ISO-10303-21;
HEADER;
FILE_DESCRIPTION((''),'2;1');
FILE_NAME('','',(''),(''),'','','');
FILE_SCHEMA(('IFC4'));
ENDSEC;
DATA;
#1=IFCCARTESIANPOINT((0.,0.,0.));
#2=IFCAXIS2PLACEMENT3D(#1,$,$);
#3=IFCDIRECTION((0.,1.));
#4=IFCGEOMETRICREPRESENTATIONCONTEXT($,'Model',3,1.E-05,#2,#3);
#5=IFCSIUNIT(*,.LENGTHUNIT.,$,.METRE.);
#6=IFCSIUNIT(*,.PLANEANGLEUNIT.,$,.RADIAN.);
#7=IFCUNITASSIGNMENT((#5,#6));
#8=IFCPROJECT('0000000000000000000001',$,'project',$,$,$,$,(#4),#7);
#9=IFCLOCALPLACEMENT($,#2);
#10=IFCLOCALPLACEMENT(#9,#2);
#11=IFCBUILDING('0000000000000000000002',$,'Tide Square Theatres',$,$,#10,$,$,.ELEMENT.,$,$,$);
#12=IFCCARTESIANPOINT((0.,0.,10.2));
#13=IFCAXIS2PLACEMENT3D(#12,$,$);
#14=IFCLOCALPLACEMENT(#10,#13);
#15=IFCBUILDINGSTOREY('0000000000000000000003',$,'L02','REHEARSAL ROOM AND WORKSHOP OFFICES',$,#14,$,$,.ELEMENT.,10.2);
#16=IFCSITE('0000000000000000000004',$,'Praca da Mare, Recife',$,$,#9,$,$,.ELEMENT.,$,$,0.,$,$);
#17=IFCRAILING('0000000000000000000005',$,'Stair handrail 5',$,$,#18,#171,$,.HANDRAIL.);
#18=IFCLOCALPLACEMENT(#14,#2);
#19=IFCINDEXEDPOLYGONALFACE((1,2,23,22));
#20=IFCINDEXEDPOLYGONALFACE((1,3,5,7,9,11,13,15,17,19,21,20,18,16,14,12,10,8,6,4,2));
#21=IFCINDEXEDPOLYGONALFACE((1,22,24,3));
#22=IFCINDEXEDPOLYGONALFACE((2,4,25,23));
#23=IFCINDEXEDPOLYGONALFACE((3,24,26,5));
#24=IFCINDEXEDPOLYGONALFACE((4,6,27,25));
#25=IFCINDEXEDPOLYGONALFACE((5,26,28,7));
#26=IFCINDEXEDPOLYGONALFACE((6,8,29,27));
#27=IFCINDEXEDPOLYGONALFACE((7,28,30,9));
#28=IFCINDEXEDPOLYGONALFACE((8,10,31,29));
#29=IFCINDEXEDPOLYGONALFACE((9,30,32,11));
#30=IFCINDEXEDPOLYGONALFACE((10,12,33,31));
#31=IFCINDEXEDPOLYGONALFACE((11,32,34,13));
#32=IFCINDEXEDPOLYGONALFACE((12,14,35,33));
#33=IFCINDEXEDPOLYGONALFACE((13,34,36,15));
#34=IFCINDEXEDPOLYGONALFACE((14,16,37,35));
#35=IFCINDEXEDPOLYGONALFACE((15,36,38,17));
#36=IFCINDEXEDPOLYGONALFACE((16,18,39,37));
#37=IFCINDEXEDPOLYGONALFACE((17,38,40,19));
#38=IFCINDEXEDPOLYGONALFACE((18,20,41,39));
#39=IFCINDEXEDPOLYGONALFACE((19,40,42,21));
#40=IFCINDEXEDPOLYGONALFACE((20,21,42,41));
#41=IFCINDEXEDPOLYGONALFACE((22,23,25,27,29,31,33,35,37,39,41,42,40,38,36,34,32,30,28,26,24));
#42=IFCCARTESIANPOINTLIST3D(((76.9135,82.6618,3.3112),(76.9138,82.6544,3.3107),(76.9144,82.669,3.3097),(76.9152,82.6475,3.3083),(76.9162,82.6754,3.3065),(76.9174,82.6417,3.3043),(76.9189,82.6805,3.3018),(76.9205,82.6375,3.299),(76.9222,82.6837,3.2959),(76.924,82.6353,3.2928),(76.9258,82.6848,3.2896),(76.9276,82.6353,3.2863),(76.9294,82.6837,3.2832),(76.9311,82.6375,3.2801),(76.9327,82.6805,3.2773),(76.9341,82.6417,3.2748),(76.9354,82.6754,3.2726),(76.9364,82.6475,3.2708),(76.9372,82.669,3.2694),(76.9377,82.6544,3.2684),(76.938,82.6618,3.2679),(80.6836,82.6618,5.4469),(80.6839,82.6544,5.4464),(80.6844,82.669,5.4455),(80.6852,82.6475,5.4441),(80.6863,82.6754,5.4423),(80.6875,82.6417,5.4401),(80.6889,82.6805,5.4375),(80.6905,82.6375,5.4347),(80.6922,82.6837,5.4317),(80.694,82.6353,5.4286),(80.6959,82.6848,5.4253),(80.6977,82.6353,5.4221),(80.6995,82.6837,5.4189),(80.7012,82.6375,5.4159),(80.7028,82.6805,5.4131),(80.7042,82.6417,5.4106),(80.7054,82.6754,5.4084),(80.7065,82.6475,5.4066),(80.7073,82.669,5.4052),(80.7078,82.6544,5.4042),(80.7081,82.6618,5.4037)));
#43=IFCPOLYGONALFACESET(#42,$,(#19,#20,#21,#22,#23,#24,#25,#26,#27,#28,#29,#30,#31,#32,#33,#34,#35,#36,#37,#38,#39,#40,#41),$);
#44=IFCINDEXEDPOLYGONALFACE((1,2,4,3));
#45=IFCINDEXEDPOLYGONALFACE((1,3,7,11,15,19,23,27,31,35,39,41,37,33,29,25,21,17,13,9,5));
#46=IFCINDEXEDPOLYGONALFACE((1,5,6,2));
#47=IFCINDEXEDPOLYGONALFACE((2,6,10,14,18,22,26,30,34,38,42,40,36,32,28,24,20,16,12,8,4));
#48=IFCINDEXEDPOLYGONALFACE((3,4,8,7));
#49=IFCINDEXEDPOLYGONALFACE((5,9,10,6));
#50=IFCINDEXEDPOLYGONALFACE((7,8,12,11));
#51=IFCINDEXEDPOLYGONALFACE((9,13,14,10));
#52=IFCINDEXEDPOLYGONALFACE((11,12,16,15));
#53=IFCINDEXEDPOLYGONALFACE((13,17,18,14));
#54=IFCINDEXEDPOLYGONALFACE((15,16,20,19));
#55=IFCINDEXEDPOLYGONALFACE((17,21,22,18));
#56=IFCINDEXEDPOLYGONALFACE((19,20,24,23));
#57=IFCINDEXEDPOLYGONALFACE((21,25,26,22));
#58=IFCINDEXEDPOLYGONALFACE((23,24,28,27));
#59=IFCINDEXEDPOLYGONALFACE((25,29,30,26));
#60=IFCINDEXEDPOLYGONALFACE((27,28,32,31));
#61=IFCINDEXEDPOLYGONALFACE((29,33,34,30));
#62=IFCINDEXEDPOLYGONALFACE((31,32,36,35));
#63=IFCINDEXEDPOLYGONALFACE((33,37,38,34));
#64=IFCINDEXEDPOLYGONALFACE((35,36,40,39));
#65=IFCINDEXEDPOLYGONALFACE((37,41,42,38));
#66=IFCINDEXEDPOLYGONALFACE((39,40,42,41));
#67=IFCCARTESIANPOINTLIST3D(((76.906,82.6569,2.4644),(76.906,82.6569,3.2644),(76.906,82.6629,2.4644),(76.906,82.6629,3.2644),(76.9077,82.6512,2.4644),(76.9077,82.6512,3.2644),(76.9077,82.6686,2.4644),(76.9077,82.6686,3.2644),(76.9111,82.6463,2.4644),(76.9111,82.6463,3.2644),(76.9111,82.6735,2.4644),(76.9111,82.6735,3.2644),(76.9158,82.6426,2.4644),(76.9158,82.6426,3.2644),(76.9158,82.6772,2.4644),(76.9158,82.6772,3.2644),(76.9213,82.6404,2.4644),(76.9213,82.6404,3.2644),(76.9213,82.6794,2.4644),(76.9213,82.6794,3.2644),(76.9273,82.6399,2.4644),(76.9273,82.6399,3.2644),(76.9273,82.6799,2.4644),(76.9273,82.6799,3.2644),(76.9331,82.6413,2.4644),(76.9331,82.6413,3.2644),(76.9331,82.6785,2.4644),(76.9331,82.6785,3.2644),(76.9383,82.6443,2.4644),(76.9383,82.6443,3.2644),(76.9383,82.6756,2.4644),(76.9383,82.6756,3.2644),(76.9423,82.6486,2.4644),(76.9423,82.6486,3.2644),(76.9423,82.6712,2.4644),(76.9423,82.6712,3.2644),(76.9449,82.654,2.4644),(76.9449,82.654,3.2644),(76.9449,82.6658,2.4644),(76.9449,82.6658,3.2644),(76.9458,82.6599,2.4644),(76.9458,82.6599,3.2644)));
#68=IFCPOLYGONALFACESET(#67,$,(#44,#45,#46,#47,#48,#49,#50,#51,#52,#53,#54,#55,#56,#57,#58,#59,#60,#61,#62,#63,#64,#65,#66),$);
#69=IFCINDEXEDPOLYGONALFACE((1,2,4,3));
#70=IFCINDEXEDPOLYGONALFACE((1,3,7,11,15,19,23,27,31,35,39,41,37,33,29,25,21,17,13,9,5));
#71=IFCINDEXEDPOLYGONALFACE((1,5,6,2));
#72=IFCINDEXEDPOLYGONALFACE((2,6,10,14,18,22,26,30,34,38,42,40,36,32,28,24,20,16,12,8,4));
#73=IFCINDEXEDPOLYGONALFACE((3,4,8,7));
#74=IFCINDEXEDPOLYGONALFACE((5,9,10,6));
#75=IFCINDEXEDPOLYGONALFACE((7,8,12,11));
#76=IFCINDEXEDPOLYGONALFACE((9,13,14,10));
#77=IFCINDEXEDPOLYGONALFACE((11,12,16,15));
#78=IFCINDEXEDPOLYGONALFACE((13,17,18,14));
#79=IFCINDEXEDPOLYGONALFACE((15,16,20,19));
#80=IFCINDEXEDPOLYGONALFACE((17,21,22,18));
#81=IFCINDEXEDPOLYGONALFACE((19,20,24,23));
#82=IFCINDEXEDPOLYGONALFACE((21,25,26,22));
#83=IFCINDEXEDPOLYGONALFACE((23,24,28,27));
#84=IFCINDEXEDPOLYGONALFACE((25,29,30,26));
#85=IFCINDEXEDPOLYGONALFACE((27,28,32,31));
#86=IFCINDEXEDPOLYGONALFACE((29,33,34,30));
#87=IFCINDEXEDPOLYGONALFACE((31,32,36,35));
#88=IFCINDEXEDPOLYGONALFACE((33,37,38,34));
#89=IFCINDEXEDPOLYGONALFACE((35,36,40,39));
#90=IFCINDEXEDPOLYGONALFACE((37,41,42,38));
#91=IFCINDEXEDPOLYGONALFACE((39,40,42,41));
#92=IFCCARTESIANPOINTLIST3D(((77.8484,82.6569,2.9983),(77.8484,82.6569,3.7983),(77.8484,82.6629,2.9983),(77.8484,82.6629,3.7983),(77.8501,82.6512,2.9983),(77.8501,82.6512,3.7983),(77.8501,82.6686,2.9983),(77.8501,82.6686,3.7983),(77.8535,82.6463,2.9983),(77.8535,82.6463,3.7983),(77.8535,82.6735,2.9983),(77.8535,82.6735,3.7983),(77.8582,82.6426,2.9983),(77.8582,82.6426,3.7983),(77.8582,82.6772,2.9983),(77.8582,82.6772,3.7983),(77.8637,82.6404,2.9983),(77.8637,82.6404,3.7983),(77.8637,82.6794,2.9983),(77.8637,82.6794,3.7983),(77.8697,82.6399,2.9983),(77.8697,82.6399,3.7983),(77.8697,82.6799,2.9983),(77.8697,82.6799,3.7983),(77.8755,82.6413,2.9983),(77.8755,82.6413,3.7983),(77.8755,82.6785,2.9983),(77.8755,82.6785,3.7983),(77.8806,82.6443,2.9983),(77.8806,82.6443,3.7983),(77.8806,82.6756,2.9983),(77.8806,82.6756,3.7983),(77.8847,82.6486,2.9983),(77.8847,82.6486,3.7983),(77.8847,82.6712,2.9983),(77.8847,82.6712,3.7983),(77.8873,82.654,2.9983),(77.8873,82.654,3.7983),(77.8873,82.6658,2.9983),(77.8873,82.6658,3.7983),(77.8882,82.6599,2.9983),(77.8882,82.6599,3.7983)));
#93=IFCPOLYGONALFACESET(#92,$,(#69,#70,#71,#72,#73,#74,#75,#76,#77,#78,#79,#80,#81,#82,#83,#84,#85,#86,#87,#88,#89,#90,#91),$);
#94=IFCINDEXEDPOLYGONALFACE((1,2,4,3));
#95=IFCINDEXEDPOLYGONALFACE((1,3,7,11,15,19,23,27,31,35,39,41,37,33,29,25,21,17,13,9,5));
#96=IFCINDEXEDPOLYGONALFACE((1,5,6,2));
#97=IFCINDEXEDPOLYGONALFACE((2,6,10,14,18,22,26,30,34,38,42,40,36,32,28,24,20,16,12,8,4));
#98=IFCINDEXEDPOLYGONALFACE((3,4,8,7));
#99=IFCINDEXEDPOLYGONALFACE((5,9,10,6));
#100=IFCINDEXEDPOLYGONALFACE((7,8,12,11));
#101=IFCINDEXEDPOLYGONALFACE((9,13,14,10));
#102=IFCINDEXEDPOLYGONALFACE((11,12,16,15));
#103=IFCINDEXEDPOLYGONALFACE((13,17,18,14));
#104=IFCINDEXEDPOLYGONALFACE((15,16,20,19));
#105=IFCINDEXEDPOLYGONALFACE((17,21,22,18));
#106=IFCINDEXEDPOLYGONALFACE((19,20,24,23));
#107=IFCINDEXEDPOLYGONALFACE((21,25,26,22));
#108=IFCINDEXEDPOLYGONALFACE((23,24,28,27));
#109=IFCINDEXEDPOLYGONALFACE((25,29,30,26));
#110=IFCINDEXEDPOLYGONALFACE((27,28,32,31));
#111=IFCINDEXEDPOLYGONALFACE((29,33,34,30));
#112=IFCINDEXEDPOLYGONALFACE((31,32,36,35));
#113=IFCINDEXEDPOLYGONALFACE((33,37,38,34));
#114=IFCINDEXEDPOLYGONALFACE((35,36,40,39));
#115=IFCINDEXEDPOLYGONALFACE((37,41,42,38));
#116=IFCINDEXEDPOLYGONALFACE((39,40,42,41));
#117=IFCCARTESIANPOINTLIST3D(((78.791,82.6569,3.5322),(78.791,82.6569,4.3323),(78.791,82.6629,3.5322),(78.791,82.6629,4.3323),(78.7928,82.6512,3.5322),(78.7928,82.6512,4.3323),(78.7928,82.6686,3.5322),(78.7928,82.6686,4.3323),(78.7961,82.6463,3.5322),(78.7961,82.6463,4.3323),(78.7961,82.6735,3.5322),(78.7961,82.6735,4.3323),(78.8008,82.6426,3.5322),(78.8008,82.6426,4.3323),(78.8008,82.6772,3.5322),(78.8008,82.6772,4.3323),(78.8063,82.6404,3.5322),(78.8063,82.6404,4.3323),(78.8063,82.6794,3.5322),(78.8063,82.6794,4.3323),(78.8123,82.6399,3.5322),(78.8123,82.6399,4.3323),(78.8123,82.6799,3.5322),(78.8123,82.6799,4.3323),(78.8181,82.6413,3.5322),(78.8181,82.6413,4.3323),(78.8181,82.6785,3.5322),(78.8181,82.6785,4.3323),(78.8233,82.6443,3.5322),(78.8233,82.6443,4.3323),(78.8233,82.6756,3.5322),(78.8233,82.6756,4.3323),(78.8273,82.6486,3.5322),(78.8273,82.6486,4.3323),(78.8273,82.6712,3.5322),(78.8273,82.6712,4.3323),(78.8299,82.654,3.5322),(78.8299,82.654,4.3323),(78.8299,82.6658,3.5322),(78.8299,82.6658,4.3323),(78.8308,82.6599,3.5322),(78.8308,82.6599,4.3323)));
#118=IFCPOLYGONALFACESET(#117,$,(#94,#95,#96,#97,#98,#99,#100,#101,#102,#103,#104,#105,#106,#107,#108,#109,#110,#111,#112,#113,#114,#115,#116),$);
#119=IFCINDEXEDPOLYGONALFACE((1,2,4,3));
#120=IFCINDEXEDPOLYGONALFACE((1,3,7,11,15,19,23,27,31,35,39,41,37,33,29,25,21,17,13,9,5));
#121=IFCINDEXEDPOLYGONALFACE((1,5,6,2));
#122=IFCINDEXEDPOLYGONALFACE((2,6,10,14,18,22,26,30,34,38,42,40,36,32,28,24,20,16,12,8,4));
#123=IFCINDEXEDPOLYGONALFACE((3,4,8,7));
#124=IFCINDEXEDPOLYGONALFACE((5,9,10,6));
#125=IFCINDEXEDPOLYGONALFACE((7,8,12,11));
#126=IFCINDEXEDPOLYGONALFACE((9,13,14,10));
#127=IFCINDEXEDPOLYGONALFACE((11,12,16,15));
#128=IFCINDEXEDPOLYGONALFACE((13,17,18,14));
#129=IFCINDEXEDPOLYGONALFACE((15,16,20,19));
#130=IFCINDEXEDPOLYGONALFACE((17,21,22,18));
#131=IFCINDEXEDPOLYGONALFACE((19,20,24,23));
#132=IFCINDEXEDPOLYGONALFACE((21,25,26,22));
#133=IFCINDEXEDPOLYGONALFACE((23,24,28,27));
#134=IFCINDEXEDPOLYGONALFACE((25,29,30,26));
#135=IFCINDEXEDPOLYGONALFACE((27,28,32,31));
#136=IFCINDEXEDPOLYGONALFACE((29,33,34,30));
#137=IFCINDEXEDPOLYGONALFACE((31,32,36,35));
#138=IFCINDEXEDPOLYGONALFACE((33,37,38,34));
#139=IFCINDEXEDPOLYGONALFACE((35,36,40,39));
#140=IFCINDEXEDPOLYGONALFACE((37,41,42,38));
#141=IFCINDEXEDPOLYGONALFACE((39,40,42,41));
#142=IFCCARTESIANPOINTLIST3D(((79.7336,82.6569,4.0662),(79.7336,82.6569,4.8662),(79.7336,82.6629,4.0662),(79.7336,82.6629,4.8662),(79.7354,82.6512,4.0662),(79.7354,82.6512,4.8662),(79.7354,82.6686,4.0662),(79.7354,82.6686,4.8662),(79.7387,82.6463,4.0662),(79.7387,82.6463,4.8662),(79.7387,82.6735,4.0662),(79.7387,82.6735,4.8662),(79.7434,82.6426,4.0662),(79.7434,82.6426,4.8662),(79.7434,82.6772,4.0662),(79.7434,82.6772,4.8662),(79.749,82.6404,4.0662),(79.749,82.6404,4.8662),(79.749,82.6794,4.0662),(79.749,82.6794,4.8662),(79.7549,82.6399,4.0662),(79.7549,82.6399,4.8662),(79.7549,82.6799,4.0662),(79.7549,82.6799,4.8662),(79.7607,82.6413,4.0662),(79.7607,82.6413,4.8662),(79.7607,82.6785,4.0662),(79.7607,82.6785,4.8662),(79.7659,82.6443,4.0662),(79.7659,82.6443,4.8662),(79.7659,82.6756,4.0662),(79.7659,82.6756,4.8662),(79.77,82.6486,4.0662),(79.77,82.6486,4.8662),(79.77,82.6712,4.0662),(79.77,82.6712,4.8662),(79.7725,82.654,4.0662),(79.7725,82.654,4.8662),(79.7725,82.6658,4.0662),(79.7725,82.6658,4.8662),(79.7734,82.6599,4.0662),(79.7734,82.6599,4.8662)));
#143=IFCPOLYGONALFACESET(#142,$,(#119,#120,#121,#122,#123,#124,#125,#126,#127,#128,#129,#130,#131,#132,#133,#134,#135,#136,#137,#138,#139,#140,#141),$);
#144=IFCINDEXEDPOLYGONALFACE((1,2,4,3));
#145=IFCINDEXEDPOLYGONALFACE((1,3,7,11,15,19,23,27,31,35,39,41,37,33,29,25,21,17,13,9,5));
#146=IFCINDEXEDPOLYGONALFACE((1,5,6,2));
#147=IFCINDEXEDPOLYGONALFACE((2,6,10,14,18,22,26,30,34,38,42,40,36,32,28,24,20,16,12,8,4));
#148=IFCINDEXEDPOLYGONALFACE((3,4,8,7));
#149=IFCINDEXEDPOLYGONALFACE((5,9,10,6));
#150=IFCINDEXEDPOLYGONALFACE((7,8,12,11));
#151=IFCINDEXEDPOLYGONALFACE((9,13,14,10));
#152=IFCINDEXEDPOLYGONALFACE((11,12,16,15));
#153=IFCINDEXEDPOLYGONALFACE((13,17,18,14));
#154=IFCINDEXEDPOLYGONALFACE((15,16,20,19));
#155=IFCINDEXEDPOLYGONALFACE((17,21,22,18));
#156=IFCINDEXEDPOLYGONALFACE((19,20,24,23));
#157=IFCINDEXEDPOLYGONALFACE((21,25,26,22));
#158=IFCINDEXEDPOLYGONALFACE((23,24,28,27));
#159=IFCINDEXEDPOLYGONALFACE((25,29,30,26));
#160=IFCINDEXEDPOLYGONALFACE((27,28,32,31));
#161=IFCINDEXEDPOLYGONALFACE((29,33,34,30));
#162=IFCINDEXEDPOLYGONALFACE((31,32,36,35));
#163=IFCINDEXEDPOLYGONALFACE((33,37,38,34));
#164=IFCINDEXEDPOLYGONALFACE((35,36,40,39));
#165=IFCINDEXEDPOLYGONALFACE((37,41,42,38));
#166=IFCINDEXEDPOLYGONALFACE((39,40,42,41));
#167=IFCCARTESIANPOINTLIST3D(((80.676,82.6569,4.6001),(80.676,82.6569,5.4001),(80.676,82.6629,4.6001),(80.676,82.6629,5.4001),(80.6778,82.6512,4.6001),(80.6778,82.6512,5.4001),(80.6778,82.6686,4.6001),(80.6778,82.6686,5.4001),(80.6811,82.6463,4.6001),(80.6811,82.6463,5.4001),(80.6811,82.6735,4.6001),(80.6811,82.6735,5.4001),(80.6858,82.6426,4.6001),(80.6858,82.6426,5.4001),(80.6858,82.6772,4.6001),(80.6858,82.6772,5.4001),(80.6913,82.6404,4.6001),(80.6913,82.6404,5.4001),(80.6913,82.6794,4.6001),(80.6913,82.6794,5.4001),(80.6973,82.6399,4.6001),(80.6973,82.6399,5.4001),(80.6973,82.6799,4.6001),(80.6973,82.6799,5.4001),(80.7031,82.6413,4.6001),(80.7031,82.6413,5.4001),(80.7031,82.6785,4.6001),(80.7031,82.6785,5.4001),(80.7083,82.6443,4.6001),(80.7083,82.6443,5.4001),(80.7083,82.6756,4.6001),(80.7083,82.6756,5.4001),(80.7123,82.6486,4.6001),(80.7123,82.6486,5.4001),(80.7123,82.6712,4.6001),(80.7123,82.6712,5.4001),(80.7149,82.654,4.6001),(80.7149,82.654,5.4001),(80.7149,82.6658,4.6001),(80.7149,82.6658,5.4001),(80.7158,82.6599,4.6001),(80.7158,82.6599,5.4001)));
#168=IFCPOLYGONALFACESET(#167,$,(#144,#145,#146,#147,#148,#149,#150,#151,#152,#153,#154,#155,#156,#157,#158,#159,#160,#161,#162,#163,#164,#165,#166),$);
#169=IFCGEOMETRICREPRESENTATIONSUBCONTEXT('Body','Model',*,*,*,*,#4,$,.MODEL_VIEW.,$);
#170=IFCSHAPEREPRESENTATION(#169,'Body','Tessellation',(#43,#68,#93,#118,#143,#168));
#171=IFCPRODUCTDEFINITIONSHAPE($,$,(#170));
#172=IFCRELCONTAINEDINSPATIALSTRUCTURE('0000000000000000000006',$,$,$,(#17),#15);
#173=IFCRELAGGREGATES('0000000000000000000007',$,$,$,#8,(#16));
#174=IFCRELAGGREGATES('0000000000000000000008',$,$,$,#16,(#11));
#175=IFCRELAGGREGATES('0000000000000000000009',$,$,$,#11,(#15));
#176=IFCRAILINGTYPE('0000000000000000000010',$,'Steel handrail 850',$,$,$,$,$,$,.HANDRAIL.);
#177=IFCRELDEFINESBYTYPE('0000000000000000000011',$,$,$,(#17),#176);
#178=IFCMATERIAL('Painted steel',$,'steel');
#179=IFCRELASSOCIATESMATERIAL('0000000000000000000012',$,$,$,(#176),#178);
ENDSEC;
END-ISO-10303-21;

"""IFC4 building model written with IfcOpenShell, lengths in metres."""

from ifc_helpers import new_model, si_unit, direction, frame, origin, origin_2d, place, context, subcontext, project, spatial, circle, extrude, material, type_object, element, save


model = new_model("IFC4")

# Units and contexts
model_context = context("Model", 3, precision=1e-05, world=origin(), true_north=direction((0.0, 1.0)))
body_context = subcontext(model_context, "Body", "Model", "MODEL_VIEW")
ifc_project = project(units=[si_unit("LENGTHUNIT", "METRE"), si_unit("PLANEANGLEUNIT", "RADIAN")], contexts=[model_context])

# Site, building, storey
site_placement = place(None, origin())
site = spatial("IfcSite", under=ifc_project, at=site_placement, Name="Praca da Mare, Recife", CompositionType="ELEMENT", RefElevation=0.0)
building_placement = place(site_placement, origin())
building = spatial("IfcBuilding", under=site, at=building_placement, Name="Tide Square Theatres", CompositionType="ELEMENT")
storey_placement = place(building_placement, frame((0.0, 0.0, 10.2)))
storey = spatial("IfcBuildingStorey", under=building, at=storey_placement, Name="L02", Description="REHEARSAL ROOM AND WORKSHOP OFFICES", CompositionType="ELEMENT", Elevation=10.2)

# Railing
ifc_material_1 = material(Name="Painted steel", Category="steel")
railing_type = type_object("IfcRailingType", Name="Steel handrail 850", PredefinedType="HANDRAIL", material=ifc_material_1)
for number, where, name in (
    (1, (76.9258, 82.6599, 2.4644), "Stair handrail 5"),
):
    element("IfcRailing", number, at=place(storey_placement, frame(where)), inside=storey, type_object=railing_type, Name=name, PredefinedType="HANDRAIL", context=body_context, shape_type="SweptSolid", body=[
        extrude(circle(Radius=0.0249, at=origin_2d()), frame((0.0, 0.0, 0.8252), z_axis=(0.870082, 0.0, 0.492907), x_axis=(0.0, 1.0, 0.0)), (0.0, 0.0, 1.0), 4.333),
        extrude(circle(Radius=0.02, at=origin_2d()), origin(), (0.0, 0.0, 1.0), 0.8),
        extrude(circle(Radius=0.02, at=origin_2d()), frame((0.9424, 0.0, 0.5339)), (0.0, 0.0, 1.0), 0.8),
        extrude(circle(Radius=0.02, at=origin_2d()), frame((1.885, 0.0, 1.0679)), (0.0, 0.0, 1.0), 0.8),
        extrude(circle(Radius=0.02, at=origin_2d()), frame((2.8276, 0.0, 1.6018)), (0.0, 0.0, 1.0), 0.8),
        extrude(circle(Radius=0.02, at=origin_2d()), frame((3.77, 0.0, 2.1357)), (0.0, 0.0, 1.0), 0.8),
    ])

save(model, "model.ifc")
